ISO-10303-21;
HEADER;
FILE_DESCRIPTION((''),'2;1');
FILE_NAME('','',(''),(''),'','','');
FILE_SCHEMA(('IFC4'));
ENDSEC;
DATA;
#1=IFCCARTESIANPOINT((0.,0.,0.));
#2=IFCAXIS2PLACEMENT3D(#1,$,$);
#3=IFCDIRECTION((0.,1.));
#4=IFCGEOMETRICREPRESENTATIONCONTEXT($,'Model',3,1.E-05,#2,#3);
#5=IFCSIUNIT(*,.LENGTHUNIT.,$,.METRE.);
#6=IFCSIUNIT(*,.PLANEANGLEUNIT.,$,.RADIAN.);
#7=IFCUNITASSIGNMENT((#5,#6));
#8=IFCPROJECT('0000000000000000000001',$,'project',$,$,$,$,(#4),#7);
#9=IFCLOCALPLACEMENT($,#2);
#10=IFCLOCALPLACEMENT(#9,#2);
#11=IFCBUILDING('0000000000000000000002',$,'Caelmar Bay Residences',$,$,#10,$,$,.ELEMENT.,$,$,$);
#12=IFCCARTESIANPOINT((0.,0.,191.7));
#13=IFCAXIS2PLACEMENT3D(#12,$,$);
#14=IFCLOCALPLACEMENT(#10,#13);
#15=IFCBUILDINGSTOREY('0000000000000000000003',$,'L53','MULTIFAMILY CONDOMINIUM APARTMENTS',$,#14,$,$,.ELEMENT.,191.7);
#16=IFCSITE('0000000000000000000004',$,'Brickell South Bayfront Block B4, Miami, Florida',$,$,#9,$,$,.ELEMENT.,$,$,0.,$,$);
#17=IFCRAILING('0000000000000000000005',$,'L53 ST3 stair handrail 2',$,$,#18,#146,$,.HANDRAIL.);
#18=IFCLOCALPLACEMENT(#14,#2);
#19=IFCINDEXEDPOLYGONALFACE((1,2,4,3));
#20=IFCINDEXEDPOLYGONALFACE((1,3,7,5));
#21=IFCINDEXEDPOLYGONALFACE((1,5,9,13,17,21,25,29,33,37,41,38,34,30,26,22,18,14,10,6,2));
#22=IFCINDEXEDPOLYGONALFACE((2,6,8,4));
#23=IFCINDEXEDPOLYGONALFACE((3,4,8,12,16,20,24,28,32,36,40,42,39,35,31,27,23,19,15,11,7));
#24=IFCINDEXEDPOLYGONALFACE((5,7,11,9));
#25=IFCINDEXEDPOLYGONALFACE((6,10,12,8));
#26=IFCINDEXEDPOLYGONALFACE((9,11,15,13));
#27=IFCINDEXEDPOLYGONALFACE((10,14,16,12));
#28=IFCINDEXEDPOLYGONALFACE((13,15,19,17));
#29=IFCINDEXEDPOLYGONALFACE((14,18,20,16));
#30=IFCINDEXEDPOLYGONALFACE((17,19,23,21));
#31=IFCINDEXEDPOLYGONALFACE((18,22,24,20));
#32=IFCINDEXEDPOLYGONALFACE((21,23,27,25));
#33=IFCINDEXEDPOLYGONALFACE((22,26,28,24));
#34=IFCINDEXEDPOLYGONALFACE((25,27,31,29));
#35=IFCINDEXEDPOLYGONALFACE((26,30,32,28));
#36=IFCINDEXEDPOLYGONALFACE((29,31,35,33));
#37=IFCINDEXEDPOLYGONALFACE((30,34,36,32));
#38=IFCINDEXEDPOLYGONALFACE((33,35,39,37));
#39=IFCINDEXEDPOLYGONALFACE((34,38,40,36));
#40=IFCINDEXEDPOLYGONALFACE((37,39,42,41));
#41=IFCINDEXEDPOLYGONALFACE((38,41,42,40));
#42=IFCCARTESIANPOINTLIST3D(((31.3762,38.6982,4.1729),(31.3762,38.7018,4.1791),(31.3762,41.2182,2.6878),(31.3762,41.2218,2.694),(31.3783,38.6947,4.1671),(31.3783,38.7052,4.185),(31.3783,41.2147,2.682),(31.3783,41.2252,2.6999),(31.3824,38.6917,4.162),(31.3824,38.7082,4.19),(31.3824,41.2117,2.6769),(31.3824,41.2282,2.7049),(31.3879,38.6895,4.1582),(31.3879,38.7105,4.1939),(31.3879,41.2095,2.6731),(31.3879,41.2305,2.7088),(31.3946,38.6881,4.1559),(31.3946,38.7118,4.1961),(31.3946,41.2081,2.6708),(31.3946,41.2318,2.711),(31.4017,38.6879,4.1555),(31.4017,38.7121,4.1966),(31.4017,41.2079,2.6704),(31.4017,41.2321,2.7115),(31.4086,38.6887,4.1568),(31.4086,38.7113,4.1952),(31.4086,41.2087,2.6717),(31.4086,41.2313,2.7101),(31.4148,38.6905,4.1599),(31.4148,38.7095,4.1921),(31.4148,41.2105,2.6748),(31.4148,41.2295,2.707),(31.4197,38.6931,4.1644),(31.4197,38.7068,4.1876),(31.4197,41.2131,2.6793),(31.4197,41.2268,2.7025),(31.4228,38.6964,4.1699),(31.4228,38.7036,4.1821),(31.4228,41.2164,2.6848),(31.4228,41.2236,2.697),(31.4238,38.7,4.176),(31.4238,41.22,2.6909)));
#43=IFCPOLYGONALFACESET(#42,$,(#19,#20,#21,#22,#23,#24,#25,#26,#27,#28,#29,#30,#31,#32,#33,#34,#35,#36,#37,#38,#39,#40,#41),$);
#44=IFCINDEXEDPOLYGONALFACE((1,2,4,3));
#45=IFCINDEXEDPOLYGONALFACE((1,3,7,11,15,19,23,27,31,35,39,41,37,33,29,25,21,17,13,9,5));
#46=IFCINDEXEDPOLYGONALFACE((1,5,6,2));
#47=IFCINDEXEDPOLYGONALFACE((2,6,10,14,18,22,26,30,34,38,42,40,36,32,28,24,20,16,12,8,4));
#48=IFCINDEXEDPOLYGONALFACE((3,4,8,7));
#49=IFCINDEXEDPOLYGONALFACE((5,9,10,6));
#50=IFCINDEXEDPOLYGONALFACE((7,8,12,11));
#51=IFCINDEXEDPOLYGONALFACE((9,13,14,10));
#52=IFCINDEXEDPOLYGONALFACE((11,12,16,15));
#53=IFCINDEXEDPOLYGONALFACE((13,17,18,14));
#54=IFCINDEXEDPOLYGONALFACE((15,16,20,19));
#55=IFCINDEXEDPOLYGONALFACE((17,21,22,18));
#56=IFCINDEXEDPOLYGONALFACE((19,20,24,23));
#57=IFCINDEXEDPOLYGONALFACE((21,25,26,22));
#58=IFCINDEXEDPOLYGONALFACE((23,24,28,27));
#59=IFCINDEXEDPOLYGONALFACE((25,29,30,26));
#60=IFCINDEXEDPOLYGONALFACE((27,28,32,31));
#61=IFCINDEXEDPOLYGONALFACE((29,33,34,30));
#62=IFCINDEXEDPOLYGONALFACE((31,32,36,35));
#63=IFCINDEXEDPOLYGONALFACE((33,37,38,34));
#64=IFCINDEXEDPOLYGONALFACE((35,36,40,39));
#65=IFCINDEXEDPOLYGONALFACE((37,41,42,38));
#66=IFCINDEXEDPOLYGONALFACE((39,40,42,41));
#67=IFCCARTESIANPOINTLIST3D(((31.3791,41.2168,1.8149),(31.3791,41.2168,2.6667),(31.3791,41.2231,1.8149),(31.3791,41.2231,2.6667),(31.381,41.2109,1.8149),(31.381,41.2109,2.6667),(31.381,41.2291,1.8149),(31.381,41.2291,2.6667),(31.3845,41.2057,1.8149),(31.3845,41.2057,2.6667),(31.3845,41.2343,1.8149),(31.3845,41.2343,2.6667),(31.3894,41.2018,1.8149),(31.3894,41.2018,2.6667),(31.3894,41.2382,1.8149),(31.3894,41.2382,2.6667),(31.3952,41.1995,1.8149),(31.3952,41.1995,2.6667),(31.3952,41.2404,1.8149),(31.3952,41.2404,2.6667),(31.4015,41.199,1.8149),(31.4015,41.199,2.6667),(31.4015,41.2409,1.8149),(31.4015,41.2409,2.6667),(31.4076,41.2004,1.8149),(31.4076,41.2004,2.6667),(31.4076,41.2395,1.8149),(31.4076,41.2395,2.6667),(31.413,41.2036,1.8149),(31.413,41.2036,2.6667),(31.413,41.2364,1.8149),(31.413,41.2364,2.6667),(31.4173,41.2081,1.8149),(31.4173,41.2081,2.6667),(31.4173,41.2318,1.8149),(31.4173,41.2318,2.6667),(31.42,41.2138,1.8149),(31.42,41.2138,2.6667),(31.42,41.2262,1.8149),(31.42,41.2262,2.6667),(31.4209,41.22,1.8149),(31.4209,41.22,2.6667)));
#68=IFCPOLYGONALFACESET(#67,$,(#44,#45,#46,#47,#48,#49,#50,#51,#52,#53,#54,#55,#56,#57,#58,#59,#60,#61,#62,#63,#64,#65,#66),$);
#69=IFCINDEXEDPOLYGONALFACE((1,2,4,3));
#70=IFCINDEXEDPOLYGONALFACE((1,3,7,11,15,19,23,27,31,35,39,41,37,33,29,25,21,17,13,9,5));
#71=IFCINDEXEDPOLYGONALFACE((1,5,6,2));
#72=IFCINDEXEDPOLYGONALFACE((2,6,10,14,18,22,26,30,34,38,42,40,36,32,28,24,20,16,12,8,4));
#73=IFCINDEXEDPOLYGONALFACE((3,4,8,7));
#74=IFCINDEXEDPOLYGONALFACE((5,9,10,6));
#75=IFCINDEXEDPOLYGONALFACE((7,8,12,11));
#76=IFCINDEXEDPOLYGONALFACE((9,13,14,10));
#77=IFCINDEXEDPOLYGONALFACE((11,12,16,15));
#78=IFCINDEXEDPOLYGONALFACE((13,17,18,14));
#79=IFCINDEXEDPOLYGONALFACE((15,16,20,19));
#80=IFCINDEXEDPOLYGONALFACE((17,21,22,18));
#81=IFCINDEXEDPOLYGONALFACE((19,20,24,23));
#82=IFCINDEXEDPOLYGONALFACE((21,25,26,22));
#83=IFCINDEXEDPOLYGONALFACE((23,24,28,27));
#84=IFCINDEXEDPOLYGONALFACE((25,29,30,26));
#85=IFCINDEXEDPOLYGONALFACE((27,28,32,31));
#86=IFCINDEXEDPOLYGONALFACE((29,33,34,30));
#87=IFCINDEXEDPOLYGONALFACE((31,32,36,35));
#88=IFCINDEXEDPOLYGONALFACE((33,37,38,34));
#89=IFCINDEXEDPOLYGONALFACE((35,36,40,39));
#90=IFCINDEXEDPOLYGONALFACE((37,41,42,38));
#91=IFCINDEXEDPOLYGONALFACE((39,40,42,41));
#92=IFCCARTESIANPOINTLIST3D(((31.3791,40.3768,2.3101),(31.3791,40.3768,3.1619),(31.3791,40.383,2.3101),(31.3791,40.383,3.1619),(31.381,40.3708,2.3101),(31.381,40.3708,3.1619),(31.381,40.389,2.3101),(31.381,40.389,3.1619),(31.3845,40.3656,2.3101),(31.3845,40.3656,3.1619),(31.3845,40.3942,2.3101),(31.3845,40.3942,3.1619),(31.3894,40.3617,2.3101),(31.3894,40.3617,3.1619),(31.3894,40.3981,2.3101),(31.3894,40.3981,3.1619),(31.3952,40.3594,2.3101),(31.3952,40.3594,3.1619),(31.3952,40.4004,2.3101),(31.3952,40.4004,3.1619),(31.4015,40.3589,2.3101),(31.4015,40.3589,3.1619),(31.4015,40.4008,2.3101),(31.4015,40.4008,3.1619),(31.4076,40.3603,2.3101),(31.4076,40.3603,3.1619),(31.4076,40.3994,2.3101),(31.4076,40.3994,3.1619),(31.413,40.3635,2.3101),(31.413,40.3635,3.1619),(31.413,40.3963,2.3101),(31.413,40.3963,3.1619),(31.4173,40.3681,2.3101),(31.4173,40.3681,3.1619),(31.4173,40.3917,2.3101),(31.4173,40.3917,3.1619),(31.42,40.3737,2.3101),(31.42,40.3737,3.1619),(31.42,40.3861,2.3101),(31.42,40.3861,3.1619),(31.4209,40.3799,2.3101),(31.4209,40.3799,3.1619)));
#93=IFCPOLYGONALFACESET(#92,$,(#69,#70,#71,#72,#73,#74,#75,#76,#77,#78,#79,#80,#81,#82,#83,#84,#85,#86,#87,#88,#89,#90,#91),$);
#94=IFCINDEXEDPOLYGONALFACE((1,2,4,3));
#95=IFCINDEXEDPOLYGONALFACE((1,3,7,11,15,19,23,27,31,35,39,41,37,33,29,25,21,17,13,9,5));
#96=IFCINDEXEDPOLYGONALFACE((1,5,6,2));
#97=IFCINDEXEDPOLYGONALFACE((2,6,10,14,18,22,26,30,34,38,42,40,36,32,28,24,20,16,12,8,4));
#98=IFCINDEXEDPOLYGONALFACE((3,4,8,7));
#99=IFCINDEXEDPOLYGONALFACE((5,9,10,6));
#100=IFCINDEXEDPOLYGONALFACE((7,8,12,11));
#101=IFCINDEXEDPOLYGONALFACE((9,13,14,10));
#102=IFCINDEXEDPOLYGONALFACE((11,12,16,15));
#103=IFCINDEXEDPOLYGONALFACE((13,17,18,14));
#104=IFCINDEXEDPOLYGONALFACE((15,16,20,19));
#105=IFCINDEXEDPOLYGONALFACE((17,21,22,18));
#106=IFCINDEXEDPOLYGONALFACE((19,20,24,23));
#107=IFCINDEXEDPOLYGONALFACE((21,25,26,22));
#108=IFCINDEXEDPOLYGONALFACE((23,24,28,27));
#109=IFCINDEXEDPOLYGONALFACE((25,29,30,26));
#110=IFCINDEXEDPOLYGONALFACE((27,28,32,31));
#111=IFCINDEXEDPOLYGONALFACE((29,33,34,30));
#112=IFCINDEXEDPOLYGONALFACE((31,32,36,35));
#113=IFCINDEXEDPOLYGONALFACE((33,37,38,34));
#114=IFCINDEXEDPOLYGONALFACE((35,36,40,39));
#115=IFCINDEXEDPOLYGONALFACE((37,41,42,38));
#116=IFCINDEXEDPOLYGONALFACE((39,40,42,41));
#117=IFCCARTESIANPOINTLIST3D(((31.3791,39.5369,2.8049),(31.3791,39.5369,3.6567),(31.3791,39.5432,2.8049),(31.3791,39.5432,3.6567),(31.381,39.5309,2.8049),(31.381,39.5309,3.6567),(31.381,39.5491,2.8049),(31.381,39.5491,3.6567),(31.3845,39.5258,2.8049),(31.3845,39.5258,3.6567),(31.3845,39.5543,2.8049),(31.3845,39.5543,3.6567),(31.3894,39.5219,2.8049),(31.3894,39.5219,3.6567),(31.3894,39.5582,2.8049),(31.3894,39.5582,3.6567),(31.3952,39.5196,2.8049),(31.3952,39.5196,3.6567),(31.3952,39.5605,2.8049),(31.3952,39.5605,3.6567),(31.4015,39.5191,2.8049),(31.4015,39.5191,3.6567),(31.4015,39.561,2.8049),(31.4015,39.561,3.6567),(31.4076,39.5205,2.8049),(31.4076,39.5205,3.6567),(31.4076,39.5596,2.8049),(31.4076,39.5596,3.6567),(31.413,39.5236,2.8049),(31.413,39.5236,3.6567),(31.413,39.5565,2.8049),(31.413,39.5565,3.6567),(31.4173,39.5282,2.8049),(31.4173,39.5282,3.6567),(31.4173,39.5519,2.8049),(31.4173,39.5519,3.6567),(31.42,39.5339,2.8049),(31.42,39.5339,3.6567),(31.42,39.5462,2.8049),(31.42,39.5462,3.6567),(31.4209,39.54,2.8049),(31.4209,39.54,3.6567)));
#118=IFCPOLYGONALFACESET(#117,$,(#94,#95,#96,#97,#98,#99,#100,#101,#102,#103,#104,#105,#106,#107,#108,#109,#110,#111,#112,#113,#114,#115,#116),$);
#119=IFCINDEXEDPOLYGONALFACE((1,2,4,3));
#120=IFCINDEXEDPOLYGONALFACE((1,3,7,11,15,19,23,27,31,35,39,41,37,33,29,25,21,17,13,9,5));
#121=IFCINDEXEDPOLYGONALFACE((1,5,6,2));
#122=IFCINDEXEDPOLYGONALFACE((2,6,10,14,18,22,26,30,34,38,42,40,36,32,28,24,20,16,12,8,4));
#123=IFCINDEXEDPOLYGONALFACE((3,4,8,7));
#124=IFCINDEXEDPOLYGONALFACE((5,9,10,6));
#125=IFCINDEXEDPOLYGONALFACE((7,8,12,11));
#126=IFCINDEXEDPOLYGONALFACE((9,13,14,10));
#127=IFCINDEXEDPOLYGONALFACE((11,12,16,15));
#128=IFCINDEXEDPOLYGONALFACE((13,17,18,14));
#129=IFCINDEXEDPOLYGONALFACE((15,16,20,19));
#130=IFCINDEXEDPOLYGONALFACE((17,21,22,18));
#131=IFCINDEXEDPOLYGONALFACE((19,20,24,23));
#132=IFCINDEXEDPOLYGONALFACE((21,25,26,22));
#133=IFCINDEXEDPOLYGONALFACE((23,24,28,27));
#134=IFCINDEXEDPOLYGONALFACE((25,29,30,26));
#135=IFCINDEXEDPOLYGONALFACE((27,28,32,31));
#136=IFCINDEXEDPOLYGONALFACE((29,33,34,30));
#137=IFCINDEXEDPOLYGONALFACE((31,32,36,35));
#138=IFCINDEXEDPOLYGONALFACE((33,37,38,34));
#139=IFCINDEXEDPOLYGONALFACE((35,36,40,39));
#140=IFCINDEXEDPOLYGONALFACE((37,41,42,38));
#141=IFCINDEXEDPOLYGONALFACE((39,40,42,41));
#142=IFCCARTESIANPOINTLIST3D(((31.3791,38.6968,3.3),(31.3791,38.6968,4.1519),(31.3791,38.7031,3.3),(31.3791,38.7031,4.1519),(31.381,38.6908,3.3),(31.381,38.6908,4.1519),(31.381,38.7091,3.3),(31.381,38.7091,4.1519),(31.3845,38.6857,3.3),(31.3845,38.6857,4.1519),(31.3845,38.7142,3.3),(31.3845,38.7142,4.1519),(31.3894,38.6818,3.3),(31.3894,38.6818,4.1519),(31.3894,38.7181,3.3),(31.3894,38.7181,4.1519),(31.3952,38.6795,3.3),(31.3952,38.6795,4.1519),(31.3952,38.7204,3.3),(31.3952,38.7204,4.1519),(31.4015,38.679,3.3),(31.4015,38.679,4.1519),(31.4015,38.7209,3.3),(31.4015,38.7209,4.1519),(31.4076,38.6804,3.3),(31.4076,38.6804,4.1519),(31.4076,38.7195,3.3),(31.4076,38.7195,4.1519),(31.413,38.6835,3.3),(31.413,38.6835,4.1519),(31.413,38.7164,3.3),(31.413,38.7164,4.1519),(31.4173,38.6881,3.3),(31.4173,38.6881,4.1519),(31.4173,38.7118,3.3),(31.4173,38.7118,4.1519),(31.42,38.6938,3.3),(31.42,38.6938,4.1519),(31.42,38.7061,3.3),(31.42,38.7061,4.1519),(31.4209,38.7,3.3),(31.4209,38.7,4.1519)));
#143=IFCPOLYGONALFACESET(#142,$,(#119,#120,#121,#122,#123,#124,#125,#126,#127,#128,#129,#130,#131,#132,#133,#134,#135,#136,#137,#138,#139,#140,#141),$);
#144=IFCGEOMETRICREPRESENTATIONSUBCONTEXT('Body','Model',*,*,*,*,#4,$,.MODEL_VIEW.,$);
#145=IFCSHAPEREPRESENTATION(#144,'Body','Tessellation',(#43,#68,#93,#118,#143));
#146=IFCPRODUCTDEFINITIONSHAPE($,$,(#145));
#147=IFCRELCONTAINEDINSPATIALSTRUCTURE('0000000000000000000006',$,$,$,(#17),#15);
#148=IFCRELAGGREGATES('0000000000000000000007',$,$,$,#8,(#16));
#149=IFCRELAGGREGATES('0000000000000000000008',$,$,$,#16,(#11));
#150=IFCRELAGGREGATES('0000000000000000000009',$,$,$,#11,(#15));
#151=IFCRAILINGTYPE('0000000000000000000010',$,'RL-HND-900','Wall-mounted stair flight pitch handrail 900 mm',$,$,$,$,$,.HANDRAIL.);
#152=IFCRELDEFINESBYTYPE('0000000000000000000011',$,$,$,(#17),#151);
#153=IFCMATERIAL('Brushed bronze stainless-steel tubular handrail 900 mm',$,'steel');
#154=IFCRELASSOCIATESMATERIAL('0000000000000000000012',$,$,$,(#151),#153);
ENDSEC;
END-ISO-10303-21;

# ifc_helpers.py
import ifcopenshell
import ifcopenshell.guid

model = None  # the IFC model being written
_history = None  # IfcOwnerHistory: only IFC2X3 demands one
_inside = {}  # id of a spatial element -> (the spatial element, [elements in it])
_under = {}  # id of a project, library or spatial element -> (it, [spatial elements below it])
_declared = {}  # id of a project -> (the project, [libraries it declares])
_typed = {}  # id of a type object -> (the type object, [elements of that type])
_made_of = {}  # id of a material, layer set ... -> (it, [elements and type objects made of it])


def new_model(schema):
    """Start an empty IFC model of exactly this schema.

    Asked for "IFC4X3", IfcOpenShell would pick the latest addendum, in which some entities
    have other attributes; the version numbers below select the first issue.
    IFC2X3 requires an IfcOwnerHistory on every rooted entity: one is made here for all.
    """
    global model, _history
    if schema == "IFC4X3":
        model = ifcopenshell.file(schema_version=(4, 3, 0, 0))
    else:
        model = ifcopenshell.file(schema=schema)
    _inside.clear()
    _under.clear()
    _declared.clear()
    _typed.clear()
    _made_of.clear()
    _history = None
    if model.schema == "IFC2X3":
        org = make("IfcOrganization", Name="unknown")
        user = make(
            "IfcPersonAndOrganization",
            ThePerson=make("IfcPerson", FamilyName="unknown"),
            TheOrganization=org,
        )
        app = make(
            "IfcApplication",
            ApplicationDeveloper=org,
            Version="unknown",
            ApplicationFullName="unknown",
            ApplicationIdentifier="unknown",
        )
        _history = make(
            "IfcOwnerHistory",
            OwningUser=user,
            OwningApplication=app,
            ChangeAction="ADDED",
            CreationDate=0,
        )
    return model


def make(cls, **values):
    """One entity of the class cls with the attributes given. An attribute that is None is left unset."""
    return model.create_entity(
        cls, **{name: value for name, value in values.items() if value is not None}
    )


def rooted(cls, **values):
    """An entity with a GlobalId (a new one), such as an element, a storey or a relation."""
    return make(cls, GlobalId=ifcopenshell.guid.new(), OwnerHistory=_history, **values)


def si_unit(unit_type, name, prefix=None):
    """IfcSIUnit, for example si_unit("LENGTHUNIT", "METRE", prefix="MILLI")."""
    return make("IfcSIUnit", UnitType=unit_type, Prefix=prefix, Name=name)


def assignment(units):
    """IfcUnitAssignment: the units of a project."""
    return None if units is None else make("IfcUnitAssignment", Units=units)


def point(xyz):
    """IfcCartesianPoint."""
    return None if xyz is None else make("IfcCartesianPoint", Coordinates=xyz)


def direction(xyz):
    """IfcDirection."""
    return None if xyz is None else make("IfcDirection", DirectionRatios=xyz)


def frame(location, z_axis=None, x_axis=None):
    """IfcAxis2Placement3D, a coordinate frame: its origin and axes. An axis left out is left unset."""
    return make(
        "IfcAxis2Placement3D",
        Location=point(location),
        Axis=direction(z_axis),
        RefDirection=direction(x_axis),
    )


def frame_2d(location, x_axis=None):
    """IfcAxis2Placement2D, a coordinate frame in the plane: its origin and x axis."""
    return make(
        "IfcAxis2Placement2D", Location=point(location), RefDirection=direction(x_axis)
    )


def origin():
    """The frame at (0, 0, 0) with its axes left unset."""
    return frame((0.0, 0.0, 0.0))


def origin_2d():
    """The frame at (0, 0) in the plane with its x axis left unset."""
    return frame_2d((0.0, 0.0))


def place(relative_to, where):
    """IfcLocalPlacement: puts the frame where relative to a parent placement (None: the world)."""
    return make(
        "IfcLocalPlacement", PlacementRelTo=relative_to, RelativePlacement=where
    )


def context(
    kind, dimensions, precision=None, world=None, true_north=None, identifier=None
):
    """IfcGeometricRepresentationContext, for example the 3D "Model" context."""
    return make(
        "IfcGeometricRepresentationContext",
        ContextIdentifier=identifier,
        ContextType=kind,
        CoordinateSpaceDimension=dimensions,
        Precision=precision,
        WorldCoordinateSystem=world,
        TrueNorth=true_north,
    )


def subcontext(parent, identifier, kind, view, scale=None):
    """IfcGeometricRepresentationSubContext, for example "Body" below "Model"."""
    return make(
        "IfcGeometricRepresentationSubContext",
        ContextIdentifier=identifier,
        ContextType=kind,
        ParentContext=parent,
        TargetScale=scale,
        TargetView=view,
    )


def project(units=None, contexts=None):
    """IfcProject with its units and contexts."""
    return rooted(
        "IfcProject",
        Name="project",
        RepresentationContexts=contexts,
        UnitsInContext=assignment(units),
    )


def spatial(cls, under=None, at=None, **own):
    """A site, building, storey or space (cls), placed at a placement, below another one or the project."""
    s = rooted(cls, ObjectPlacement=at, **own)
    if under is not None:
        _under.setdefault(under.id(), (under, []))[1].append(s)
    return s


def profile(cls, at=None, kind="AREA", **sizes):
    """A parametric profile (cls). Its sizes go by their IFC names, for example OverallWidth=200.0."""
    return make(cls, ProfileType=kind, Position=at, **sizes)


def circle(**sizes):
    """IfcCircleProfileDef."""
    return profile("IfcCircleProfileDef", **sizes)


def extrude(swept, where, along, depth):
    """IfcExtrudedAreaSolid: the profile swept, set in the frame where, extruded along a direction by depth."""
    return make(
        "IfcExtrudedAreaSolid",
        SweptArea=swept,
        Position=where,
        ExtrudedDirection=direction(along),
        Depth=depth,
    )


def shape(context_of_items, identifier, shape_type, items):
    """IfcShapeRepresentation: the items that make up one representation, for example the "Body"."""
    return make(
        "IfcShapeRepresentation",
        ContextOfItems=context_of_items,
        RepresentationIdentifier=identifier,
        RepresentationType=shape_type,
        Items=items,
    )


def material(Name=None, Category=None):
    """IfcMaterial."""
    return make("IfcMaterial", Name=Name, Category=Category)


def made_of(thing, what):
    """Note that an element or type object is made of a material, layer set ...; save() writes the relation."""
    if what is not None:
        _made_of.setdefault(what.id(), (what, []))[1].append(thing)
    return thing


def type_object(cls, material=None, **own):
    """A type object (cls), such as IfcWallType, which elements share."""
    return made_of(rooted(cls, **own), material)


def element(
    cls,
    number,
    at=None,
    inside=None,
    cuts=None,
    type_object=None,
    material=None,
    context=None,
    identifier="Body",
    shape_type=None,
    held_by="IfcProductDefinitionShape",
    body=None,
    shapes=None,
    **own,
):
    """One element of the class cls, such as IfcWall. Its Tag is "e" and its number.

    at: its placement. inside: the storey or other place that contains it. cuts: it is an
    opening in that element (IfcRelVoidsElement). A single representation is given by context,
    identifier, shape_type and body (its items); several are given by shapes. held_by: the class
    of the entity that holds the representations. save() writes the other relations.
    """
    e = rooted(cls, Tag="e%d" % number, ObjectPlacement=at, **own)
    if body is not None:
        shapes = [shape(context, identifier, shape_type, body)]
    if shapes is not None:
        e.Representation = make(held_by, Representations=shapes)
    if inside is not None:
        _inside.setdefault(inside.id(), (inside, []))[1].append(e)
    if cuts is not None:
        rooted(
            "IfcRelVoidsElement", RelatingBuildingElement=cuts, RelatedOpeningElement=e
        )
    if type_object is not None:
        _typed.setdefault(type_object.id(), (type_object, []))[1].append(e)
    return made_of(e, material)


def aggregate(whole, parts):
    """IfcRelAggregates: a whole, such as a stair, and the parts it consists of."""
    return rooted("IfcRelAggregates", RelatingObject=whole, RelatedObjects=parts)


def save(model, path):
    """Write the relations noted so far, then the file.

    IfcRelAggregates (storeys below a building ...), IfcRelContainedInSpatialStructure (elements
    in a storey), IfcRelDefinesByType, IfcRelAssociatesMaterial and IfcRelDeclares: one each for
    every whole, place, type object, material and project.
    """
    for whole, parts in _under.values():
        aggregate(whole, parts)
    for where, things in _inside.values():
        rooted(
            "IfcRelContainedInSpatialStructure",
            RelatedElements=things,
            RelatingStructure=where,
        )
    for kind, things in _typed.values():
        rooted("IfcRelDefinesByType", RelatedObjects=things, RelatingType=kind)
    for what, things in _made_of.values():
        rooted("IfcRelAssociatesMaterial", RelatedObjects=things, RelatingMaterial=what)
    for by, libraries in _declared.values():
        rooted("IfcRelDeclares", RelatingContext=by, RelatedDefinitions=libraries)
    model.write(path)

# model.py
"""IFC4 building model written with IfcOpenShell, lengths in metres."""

from ifc_helpers import new_model, si_unit, direction, frame, origin, origin_2d, place, context, subcontext, project, spatial, circle, extrude, material, type_object, element, save


model = new_model("IFC4")

# Units and contexts
model_context = context("Model", 3, precision=1e-05, world=origin(), true_north=direction((0.0, 1.0)))
body_context = subcontext(model_context, "Body", "Model", "MODEL_VIEW")
ifc_project = project(units=[si_unit("LENGTHUNIT", "METRE"), si_unit("PLANEANGLEUNIT", "RADIAN")], contexts=[model_context])

# Site, building, storey
site_placement = place(None, origin())
site = spatial("IfcSite", under=ifc_project, at=site_placement, Name="Brickell South Bayfront Block B4, Miami, Florida", CompositionType="ELEMENT", RefElevation=0.0)
building_placement = place(site_placement, origin())
building = spatial("IfcBuilding", under=site, at=building_placement, Name="Caelmar Bay Residences", CompositionType="ELEMENT")
storey_placement = place(building_placement, frame((0.0, 0.0, 191.7)))
storey = spatial("IfcBuildingStorey", under=building, at=storey_placement, Name="L53", Description="MULTIFAMILY CONDOMINIUM APARTMENTS", CompositionType="ELEMENT", Elevation=191.7)

# Railing
ifc_material_1 = material(Name="Brushed bronze stainless-steel tubular handrail 900 mm", Category="steel")
railing_type_1 = type_object("IfcRailingType", Name="RL-HND-900", Description="Wall-mounted stair flight pitch handrail 900 mm", PredefinedType="HANDRAIL", material=ifc_material_1)
railing_1_placement = place(storey_placement, frame((31.3999, 41.22, 1.8149)))
element("IfcRailing", 1, at=railing_1_placement, inside=storey, type_object=railing_type_1, Name="L53 ST3 stair handrail 2", PredefinedType="HANDRAIL", context=body_context, shape_type="SweptSolid", body=[
    extrude(circle(Radius=0.0239, at=origin_2d()), frame((0.0, 0.0, 0.876), z_axis=(0.0, -0.861524, 0.507717), x_axis=(1.0, 0.0, 0.0)), (0.0, 0.0, 1.0), 2.925),
    extrude(circle(Radius=0.021, at=origin_2d()), origin(), (0.0, 0.0, 1.0), 0.8518),
    extrude(circle(Radius=0.021, at=origin_2d()), frame((0.0, -0.8401, 0.4951)), (0.0, 0.0, 1.0), 0.8518),
    extrude(circle(Radius=0.021, at=origin_2d()), frame((0.0, -1.6799, 0.99)), (0.0, 0.0, 1.0), 0.8518),
    extrude(circle(Radius=0.021, at=origin_2d()), frame((0.0, -2.52, 1.4851)), (0.0, 0.0, 1.0), 0.8518),
])

save(model, "model.ifc")
